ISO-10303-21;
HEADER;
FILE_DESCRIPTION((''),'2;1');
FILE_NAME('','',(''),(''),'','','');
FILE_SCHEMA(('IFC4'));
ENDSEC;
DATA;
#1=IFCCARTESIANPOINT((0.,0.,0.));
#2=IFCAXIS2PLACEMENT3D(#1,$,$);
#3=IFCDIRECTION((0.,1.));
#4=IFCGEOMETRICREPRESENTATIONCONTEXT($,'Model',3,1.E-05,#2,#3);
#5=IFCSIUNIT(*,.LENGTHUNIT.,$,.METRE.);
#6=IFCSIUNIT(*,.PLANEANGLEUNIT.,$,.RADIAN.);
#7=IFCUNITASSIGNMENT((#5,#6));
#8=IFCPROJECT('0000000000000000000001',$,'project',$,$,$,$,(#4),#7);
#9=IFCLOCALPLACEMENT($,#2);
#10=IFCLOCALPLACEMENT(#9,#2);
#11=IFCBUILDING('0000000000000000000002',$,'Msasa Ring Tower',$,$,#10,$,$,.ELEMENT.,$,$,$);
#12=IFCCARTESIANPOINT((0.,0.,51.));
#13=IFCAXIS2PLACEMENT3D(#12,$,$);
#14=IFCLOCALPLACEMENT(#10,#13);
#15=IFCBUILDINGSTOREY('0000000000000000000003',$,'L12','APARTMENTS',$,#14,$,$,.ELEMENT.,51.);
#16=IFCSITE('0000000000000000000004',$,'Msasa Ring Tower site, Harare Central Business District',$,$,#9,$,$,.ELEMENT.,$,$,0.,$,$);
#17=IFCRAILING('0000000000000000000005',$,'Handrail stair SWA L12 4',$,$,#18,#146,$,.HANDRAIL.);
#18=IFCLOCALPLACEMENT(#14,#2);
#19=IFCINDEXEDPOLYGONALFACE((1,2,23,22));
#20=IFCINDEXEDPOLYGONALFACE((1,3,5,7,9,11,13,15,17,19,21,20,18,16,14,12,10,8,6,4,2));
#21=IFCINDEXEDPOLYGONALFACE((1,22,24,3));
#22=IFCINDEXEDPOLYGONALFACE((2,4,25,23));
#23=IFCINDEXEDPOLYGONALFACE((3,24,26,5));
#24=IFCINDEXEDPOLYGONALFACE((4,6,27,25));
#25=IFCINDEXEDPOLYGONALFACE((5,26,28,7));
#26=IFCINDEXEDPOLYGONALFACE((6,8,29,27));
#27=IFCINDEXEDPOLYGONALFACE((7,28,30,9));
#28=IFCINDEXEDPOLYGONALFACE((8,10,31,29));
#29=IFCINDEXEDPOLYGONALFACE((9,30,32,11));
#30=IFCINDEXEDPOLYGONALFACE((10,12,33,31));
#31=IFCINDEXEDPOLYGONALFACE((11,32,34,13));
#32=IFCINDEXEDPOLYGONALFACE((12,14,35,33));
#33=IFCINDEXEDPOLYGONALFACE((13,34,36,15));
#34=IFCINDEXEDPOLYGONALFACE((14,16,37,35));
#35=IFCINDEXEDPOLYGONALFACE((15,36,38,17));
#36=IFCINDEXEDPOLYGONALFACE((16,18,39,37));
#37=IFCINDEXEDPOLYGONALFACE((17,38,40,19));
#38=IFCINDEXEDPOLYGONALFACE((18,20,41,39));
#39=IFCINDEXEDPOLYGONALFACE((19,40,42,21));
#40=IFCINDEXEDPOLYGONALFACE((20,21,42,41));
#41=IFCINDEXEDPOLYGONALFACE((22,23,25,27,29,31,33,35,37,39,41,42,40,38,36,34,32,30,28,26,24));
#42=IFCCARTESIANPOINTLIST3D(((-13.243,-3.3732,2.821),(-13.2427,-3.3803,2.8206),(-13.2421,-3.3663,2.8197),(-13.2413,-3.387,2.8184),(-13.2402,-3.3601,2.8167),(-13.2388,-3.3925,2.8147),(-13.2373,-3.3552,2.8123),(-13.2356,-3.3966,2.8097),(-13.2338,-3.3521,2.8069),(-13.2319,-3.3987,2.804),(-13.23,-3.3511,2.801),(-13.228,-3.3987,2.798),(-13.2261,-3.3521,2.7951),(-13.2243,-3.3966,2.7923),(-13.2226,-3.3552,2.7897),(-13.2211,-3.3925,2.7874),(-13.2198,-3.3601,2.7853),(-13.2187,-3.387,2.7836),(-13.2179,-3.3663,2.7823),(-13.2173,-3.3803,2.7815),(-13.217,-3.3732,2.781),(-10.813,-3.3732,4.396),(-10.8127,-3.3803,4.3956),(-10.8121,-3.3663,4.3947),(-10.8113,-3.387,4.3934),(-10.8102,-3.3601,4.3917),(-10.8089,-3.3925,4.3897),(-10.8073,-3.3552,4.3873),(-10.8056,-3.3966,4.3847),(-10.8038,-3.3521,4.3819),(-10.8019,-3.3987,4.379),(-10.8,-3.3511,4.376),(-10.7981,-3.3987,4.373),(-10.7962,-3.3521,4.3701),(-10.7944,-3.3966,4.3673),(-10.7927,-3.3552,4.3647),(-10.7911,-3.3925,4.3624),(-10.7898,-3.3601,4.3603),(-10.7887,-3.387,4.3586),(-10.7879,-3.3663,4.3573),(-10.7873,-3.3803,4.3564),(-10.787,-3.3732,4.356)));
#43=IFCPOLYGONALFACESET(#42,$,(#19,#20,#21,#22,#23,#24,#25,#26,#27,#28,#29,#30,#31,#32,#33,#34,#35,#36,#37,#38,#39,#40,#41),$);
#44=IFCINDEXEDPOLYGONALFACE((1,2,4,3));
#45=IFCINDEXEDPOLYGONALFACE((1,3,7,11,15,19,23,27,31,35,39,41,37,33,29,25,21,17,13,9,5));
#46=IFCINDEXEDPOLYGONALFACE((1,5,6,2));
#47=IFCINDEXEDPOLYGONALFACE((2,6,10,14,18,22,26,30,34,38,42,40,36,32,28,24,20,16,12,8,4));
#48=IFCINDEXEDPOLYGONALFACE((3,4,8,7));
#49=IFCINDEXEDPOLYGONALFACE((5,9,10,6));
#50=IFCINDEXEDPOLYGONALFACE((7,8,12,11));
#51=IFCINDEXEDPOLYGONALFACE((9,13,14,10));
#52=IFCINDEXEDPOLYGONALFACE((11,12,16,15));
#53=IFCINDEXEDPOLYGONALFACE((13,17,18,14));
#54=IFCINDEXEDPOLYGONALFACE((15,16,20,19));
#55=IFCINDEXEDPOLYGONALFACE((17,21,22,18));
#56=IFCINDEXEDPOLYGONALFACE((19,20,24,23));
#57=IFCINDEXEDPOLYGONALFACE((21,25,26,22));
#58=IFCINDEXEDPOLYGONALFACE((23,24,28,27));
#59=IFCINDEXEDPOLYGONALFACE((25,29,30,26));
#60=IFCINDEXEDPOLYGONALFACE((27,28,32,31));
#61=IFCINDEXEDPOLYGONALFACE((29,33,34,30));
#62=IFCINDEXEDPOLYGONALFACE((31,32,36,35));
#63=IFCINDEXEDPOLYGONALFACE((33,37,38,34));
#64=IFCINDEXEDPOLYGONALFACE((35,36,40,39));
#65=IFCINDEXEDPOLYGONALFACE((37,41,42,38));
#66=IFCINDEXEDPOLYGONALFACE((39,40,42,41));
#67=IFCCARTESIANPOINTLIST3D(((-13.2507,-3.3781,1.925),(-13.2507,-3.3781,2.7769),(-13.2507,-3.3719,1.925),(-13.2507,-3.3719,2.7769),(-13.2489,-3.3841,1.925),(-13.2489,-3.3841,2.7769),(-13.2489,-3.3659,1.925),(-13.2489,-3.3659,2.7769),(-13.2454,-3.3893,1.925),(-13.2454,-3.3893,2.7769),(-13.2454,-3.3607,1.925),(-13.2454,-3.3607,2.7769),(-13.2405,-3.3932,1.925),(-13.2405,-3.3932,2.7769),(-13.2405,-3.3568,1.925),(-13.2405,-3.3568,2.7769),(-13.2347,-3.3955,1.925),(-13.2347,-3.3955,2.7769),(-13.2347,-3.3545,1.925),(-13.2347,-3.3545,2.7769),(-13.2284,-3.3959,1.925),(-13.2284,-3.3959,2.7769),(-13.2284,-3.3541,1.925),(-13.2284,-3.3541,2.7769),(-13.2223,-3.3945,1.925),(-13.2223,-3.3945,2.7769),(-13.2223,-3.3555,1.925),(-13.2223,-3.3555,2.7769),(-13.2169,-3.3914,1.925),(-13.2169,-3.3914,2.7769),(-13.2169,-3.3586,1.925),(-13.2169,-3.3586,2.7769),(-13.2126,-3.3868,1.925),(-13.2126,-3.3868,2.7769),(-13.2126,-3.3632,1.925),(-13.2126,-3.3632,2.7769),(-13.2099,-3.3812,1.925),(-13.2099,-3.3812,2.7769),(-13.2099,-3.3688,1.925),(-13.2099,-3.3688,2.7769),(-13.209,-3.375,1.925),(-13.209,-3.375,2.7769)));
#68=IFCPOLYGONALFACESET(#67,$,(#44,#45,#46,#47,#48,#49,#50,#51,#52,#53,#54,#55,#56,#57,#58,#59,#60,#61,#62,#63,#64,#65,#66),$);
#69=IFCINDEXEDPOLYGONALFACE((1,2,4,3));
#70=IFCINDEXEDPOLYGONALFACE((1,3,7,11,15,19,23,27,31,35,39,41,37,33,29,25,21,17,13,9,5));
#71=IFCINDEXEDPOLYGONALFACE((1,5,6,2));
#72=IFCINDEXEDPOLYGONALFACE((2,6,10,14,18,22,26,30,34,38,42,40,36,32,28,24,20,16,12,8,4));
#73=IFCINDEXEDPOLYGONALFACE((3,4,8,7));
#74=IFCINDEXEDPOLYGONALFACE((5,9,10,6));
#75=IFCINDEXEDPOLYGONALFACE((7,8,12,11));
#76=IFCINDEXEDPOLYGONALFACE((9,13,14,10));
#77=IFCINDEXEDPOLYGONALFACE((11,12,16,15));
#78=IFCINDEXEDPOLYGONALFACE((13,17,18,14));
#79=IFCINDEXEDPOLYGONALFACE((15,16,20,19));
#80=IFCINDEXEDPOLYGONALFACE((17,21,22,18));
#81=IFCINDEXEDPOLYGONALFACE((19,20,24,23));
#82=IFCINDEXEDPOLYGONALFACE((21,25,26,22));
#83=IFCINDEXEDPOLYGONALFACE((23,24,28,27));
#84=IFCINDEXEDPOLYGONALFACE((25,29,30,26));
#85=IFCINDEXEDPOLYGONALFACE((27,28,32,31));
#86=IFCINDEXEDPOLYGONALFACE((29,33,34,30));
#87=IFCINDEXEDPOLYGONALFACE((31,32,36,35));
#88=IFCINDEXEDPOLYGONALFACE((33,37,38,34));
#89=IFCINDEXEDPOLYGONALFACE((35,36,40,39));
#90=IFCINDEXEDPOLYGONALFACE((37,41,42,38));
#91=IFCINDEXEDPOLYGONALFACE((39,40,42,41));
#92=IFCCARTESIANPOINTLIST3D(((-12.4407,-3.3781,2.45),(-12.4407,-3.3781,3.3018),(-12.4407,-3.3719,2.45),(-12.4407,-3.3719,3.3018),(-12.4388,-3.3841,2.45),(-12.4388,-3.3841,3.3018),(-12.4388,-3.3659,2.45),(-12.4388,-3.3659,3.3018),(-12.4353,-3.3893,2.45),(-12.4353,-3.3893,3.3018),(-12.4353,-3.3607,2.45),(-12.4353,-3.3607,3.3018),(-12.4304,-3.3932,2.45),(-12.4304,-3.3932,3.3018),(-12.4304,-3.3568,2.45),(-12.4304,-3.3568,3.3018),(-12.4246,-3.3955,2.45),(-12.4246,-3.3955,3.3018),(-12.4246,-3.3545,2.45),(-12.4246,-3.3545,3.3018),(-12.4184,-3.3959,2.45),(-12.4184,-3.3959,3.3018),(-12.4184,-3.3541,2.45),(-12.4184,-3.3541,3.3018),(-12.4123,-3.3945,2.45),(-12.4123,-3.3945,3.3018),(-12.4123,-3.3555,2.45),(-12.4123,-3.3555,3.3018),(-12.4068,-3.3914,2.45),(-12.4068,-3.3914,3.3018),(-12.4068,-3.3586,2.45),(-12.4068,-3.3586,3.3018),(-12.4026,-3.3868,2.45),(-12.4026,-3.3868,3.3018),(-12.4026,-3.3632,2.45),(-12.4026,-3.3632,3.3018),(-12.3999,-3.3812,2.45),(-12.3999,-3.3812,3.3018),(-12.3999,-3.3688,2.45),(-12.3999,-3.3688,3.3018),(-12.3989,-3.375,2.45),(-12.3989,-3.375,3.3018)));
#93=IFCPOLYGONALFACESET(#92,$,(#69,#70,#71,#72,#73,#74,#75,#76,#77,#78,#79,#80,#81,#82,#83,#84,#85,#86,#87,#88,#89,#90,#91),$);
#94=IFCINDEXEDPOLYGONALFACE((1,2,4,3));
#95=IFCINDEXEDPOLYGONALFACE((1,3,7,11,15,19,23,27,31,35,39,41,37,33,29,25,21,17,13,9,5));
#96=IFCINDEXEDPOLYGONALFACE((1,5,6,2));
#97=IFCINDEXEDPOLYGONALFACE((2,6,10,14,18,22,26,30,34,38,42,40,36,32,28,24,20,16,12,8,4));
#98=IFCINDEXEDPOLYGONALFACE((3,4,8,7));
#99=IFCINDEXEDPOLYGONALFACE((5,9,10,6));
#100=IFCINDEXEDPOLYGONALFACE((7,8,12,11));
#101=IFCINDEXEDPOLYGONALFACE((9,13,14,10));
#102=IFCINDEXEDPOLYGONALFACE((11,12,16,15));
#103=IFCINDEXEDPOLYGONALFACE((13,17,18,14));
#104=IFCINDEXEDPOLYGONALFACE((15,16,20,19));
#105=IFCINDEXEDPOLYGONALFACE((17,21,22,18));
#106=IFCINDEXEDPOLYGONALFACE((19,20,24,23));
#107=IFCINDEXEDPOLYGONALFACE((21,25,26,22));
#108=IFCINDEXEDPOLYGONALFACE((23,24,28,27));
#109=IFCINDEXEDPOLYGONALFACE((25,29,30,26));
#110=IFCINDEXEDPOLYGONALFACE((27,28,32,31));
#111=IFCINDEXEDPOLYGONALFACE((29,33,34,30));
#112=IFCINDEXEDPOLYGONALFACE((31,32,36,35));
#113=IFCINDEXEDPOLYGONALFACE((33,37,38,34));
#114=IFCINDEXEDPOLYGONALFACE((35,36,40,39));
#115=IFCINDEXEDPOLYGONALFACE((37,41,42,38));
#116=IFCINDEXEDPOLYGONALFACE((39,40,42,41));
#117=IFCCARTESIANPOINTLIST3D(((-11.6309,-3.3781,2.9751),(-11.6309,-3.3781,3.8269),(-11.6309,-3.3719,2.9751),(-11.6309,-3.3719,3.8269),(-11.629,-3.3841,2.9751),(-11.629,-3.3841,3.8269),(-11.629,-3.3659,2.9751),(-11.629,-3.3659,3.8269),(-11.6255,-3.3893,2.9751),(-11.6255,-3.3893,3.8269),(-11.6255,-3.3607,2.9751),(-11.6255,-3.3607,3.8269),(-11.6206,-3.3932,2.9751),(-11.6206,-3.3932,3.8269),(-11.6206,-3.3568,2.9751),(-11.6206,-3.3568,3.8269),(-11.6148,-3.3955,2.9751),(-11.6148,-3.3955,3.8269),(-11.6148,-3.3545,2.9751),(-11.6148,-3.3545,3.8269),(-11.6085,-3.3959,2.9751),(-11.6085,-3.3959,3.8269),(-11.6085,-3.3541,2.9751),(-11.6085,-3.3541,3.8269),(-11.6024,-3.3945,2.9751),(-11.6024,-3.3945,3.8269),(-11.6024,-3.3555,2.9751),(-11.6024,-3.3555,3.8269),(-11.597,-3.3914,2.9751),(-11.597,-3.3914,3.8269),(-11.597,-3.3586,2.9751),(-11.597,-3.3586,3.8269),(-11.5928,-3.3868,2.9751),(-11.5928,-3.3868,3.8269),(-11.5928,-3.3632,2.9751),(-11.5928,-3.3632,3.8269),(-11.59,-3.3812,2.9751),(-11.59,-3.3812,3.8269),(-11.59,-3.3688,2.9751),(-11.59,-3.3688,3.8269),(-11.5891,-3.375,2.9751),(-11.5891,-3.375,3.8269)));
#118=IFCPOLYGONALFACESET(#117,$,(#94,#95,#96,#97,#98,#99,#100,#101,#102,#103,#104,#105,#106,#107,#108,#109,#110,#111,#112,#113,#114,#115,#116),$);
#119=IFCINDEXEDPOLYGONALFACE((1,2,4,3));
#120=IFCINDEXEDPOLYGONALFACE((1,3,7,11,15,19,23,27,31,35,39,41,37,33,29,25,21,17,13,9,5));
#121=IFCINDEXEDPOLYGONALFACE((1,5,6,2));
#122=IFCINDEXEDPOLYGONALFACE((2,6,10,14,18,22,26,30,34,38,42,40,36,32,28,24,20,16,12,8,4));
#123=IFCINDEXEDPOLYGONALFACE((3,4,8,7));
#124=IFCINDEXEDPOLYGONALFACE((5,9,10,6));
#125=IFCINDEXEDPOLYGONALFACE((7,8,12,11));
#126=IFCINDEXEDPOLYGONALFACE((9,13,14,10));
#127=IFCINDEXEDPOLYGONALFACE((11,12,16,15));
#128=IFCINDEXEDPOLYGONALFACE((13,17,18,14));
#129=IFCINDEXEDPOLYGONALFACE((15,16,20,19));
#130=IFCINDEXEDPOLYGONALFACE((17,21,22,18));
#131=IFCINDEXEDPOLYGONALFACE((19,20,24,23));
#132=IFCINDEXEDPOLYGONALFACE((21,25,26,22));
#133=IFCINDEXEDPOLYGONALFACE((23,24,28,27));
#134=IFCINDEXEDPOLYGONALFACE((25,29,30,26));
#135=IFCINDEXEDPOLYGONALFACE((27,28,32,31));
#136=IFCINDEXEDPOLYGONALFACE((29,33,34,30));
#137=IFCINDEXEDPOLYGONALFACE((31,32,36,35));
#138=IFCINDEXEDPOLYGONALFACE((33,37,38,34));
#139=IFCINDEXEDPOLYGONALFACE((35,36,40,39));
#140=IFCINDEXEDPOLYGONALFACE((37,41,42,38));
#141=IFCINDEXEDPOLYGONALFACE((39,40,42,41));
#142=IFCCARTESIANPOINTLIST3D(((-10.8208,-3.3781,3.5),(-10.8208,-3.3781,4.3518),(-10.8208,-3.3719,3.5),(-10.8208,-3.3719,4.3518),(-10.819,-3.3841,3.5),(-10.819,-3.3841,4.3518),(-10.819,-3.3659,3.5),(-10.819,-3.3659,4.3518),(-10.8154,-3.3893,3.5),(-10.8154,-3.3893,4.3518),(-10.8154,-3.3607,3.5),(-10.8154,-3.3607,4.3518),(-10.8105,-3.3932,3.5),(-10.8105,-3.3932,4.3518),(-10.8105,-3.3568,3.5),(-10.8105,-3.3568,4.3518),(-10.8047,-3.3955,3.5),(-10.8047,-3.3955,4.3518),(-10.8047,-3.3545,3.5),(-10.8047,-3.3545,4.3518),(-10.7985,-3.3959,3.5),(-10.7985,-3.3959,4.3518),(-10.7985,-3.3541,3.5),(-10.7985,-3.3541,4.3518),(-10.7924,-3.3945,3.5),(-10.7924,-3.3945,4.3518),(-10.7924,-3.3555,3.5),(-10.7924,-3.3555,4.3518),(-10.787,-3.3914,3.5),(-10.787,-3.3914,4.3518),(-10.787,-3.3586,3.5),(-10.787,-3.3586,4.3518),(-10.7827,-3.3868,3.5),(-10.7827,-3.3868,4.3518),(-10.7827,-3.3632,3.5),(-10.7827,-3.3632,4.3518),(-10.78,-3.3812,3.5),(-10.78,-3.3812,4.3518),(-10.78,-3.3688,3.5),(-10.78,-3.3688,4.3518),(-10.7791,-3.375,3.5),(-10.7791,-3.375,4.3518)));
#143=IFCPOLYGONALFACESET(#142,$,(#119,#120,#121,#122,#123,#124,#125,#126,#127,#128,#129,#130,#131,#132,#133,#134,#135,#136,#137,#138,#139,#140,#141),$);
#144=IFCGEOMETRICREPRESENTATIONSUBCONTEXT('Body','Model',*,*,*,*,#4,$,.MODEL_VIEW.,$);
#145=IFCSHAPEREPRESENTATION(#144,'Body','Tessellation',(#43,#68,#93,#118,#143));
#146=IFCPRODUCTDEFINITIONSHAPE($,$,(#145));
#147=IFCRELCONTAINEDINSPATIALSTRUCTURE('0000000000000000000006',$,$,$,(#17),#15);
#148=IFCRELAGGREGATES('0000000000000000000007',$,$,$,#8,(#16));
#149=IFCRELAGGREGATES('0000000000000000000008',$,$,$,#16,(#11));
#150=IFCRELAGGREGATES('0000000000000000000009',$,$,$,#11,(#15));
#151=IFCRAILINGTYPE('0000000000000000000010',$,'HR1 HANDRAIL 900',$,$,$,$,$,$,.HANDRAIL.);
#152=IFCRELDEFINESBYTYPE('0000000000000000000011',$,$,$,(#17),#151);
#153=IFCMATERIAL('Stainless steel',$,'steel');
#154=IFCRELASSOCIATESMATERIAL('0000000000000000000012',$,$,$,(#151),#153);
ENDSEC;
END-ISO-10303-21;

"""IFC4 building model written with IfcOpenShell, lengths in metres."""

from ifc_helpers import new_model, si_unit, direction, frame, origin, origin_2d, place, context, subcontext, project, spatial, circle, extrude, material, type_object, element, save


model = new_model("IFC4")

# Units and contexts
model_context = context("Model", 3, precision=1e-05, world=origin(), true_north=direction((0.0, 1.0)))
body_context = subcontext(model_context, "Body", "Model", "MODEL_VIEW")
ifc_project = project(units=[si_unit("LENGTHUNIT", "METRE"), si_unit("PLANEANGLEUNIT", "RADIAN")], contexts=[model_context])

# Site, building, storey
site_placement = place(None, origin())
site = spatial("IfcSite", under=ifc_project, at=site_placement, Name="Msasa Ring Tower site, Harare Central Business District", CompositionType="ELEMENT", RefElevation=0.0)
building_placement = place(site_placement, origin())
building = spatial("IfcBuilding", under=site, at=building_placement, Name="Msasa Ring Tower", CompositionType="ELEMENT")
storey_placement = place(building_placement, frame((0.0, 0.0, 51.0)))
storey = spatial("IfcBuildingStorey", under=building, at=storey_placement, Name="L12", Description="APARTMENTS", CompositionType="ELEMENT", Elevation=51.0)

# Railing
ifc_material_1 = material(Name="Stainless steel", Category="steel")
railing_type = type_object("IfcRailingType", Name="HR1 HANDRAIL 900", PredefinedType="HANDRAIL", material=ifc_material_1)
for number, where, name in (
    (1, (-13.23, -3.375, 1.925), "Handrail stair SWA L12 4"),
):
    element("IfcRailing", number, at=place(storey_placement, frame(where)), inside=storey, type_object=railing_type, Name=name, PredefinedType="HANDRAIL", context=body_context, shape_type="SweptSolid", body=[
        extrude(circle(Radius=0.0239, at=origin_2d()), frame((0.0, 0.0, 0.876), z_axis=(0.839154, 0.0, 0.543894), x_axis=(0.0, 1.0, 0.0)), (0.0, 0.0, 1.0), 2.8958),
        extrude(circle(Radius=0.021, at=origin_2d()), origin(), (0.0, 0.0, 1.0), 0.8518),
        extrude(circle(Radius=0.021, at=origin_2d()), frame((0.8101, 0.0, 0.5249)), (0.0, 0.0, 1.0), 0.8518),
        extrude(circle(Radius=0.021, at=origin_2d()), frame((1.6199, 0.0, 1.05)), (0.0, 0.0, 1.0), 0.8518),
        extrude(circle(Radius=0.021, at=origin_2d()), frame((2.4299, 0.0, 1.575)), (0.0, 0.0, 1.0), 0.8518),
    ])

save(model, "model.ifc")
